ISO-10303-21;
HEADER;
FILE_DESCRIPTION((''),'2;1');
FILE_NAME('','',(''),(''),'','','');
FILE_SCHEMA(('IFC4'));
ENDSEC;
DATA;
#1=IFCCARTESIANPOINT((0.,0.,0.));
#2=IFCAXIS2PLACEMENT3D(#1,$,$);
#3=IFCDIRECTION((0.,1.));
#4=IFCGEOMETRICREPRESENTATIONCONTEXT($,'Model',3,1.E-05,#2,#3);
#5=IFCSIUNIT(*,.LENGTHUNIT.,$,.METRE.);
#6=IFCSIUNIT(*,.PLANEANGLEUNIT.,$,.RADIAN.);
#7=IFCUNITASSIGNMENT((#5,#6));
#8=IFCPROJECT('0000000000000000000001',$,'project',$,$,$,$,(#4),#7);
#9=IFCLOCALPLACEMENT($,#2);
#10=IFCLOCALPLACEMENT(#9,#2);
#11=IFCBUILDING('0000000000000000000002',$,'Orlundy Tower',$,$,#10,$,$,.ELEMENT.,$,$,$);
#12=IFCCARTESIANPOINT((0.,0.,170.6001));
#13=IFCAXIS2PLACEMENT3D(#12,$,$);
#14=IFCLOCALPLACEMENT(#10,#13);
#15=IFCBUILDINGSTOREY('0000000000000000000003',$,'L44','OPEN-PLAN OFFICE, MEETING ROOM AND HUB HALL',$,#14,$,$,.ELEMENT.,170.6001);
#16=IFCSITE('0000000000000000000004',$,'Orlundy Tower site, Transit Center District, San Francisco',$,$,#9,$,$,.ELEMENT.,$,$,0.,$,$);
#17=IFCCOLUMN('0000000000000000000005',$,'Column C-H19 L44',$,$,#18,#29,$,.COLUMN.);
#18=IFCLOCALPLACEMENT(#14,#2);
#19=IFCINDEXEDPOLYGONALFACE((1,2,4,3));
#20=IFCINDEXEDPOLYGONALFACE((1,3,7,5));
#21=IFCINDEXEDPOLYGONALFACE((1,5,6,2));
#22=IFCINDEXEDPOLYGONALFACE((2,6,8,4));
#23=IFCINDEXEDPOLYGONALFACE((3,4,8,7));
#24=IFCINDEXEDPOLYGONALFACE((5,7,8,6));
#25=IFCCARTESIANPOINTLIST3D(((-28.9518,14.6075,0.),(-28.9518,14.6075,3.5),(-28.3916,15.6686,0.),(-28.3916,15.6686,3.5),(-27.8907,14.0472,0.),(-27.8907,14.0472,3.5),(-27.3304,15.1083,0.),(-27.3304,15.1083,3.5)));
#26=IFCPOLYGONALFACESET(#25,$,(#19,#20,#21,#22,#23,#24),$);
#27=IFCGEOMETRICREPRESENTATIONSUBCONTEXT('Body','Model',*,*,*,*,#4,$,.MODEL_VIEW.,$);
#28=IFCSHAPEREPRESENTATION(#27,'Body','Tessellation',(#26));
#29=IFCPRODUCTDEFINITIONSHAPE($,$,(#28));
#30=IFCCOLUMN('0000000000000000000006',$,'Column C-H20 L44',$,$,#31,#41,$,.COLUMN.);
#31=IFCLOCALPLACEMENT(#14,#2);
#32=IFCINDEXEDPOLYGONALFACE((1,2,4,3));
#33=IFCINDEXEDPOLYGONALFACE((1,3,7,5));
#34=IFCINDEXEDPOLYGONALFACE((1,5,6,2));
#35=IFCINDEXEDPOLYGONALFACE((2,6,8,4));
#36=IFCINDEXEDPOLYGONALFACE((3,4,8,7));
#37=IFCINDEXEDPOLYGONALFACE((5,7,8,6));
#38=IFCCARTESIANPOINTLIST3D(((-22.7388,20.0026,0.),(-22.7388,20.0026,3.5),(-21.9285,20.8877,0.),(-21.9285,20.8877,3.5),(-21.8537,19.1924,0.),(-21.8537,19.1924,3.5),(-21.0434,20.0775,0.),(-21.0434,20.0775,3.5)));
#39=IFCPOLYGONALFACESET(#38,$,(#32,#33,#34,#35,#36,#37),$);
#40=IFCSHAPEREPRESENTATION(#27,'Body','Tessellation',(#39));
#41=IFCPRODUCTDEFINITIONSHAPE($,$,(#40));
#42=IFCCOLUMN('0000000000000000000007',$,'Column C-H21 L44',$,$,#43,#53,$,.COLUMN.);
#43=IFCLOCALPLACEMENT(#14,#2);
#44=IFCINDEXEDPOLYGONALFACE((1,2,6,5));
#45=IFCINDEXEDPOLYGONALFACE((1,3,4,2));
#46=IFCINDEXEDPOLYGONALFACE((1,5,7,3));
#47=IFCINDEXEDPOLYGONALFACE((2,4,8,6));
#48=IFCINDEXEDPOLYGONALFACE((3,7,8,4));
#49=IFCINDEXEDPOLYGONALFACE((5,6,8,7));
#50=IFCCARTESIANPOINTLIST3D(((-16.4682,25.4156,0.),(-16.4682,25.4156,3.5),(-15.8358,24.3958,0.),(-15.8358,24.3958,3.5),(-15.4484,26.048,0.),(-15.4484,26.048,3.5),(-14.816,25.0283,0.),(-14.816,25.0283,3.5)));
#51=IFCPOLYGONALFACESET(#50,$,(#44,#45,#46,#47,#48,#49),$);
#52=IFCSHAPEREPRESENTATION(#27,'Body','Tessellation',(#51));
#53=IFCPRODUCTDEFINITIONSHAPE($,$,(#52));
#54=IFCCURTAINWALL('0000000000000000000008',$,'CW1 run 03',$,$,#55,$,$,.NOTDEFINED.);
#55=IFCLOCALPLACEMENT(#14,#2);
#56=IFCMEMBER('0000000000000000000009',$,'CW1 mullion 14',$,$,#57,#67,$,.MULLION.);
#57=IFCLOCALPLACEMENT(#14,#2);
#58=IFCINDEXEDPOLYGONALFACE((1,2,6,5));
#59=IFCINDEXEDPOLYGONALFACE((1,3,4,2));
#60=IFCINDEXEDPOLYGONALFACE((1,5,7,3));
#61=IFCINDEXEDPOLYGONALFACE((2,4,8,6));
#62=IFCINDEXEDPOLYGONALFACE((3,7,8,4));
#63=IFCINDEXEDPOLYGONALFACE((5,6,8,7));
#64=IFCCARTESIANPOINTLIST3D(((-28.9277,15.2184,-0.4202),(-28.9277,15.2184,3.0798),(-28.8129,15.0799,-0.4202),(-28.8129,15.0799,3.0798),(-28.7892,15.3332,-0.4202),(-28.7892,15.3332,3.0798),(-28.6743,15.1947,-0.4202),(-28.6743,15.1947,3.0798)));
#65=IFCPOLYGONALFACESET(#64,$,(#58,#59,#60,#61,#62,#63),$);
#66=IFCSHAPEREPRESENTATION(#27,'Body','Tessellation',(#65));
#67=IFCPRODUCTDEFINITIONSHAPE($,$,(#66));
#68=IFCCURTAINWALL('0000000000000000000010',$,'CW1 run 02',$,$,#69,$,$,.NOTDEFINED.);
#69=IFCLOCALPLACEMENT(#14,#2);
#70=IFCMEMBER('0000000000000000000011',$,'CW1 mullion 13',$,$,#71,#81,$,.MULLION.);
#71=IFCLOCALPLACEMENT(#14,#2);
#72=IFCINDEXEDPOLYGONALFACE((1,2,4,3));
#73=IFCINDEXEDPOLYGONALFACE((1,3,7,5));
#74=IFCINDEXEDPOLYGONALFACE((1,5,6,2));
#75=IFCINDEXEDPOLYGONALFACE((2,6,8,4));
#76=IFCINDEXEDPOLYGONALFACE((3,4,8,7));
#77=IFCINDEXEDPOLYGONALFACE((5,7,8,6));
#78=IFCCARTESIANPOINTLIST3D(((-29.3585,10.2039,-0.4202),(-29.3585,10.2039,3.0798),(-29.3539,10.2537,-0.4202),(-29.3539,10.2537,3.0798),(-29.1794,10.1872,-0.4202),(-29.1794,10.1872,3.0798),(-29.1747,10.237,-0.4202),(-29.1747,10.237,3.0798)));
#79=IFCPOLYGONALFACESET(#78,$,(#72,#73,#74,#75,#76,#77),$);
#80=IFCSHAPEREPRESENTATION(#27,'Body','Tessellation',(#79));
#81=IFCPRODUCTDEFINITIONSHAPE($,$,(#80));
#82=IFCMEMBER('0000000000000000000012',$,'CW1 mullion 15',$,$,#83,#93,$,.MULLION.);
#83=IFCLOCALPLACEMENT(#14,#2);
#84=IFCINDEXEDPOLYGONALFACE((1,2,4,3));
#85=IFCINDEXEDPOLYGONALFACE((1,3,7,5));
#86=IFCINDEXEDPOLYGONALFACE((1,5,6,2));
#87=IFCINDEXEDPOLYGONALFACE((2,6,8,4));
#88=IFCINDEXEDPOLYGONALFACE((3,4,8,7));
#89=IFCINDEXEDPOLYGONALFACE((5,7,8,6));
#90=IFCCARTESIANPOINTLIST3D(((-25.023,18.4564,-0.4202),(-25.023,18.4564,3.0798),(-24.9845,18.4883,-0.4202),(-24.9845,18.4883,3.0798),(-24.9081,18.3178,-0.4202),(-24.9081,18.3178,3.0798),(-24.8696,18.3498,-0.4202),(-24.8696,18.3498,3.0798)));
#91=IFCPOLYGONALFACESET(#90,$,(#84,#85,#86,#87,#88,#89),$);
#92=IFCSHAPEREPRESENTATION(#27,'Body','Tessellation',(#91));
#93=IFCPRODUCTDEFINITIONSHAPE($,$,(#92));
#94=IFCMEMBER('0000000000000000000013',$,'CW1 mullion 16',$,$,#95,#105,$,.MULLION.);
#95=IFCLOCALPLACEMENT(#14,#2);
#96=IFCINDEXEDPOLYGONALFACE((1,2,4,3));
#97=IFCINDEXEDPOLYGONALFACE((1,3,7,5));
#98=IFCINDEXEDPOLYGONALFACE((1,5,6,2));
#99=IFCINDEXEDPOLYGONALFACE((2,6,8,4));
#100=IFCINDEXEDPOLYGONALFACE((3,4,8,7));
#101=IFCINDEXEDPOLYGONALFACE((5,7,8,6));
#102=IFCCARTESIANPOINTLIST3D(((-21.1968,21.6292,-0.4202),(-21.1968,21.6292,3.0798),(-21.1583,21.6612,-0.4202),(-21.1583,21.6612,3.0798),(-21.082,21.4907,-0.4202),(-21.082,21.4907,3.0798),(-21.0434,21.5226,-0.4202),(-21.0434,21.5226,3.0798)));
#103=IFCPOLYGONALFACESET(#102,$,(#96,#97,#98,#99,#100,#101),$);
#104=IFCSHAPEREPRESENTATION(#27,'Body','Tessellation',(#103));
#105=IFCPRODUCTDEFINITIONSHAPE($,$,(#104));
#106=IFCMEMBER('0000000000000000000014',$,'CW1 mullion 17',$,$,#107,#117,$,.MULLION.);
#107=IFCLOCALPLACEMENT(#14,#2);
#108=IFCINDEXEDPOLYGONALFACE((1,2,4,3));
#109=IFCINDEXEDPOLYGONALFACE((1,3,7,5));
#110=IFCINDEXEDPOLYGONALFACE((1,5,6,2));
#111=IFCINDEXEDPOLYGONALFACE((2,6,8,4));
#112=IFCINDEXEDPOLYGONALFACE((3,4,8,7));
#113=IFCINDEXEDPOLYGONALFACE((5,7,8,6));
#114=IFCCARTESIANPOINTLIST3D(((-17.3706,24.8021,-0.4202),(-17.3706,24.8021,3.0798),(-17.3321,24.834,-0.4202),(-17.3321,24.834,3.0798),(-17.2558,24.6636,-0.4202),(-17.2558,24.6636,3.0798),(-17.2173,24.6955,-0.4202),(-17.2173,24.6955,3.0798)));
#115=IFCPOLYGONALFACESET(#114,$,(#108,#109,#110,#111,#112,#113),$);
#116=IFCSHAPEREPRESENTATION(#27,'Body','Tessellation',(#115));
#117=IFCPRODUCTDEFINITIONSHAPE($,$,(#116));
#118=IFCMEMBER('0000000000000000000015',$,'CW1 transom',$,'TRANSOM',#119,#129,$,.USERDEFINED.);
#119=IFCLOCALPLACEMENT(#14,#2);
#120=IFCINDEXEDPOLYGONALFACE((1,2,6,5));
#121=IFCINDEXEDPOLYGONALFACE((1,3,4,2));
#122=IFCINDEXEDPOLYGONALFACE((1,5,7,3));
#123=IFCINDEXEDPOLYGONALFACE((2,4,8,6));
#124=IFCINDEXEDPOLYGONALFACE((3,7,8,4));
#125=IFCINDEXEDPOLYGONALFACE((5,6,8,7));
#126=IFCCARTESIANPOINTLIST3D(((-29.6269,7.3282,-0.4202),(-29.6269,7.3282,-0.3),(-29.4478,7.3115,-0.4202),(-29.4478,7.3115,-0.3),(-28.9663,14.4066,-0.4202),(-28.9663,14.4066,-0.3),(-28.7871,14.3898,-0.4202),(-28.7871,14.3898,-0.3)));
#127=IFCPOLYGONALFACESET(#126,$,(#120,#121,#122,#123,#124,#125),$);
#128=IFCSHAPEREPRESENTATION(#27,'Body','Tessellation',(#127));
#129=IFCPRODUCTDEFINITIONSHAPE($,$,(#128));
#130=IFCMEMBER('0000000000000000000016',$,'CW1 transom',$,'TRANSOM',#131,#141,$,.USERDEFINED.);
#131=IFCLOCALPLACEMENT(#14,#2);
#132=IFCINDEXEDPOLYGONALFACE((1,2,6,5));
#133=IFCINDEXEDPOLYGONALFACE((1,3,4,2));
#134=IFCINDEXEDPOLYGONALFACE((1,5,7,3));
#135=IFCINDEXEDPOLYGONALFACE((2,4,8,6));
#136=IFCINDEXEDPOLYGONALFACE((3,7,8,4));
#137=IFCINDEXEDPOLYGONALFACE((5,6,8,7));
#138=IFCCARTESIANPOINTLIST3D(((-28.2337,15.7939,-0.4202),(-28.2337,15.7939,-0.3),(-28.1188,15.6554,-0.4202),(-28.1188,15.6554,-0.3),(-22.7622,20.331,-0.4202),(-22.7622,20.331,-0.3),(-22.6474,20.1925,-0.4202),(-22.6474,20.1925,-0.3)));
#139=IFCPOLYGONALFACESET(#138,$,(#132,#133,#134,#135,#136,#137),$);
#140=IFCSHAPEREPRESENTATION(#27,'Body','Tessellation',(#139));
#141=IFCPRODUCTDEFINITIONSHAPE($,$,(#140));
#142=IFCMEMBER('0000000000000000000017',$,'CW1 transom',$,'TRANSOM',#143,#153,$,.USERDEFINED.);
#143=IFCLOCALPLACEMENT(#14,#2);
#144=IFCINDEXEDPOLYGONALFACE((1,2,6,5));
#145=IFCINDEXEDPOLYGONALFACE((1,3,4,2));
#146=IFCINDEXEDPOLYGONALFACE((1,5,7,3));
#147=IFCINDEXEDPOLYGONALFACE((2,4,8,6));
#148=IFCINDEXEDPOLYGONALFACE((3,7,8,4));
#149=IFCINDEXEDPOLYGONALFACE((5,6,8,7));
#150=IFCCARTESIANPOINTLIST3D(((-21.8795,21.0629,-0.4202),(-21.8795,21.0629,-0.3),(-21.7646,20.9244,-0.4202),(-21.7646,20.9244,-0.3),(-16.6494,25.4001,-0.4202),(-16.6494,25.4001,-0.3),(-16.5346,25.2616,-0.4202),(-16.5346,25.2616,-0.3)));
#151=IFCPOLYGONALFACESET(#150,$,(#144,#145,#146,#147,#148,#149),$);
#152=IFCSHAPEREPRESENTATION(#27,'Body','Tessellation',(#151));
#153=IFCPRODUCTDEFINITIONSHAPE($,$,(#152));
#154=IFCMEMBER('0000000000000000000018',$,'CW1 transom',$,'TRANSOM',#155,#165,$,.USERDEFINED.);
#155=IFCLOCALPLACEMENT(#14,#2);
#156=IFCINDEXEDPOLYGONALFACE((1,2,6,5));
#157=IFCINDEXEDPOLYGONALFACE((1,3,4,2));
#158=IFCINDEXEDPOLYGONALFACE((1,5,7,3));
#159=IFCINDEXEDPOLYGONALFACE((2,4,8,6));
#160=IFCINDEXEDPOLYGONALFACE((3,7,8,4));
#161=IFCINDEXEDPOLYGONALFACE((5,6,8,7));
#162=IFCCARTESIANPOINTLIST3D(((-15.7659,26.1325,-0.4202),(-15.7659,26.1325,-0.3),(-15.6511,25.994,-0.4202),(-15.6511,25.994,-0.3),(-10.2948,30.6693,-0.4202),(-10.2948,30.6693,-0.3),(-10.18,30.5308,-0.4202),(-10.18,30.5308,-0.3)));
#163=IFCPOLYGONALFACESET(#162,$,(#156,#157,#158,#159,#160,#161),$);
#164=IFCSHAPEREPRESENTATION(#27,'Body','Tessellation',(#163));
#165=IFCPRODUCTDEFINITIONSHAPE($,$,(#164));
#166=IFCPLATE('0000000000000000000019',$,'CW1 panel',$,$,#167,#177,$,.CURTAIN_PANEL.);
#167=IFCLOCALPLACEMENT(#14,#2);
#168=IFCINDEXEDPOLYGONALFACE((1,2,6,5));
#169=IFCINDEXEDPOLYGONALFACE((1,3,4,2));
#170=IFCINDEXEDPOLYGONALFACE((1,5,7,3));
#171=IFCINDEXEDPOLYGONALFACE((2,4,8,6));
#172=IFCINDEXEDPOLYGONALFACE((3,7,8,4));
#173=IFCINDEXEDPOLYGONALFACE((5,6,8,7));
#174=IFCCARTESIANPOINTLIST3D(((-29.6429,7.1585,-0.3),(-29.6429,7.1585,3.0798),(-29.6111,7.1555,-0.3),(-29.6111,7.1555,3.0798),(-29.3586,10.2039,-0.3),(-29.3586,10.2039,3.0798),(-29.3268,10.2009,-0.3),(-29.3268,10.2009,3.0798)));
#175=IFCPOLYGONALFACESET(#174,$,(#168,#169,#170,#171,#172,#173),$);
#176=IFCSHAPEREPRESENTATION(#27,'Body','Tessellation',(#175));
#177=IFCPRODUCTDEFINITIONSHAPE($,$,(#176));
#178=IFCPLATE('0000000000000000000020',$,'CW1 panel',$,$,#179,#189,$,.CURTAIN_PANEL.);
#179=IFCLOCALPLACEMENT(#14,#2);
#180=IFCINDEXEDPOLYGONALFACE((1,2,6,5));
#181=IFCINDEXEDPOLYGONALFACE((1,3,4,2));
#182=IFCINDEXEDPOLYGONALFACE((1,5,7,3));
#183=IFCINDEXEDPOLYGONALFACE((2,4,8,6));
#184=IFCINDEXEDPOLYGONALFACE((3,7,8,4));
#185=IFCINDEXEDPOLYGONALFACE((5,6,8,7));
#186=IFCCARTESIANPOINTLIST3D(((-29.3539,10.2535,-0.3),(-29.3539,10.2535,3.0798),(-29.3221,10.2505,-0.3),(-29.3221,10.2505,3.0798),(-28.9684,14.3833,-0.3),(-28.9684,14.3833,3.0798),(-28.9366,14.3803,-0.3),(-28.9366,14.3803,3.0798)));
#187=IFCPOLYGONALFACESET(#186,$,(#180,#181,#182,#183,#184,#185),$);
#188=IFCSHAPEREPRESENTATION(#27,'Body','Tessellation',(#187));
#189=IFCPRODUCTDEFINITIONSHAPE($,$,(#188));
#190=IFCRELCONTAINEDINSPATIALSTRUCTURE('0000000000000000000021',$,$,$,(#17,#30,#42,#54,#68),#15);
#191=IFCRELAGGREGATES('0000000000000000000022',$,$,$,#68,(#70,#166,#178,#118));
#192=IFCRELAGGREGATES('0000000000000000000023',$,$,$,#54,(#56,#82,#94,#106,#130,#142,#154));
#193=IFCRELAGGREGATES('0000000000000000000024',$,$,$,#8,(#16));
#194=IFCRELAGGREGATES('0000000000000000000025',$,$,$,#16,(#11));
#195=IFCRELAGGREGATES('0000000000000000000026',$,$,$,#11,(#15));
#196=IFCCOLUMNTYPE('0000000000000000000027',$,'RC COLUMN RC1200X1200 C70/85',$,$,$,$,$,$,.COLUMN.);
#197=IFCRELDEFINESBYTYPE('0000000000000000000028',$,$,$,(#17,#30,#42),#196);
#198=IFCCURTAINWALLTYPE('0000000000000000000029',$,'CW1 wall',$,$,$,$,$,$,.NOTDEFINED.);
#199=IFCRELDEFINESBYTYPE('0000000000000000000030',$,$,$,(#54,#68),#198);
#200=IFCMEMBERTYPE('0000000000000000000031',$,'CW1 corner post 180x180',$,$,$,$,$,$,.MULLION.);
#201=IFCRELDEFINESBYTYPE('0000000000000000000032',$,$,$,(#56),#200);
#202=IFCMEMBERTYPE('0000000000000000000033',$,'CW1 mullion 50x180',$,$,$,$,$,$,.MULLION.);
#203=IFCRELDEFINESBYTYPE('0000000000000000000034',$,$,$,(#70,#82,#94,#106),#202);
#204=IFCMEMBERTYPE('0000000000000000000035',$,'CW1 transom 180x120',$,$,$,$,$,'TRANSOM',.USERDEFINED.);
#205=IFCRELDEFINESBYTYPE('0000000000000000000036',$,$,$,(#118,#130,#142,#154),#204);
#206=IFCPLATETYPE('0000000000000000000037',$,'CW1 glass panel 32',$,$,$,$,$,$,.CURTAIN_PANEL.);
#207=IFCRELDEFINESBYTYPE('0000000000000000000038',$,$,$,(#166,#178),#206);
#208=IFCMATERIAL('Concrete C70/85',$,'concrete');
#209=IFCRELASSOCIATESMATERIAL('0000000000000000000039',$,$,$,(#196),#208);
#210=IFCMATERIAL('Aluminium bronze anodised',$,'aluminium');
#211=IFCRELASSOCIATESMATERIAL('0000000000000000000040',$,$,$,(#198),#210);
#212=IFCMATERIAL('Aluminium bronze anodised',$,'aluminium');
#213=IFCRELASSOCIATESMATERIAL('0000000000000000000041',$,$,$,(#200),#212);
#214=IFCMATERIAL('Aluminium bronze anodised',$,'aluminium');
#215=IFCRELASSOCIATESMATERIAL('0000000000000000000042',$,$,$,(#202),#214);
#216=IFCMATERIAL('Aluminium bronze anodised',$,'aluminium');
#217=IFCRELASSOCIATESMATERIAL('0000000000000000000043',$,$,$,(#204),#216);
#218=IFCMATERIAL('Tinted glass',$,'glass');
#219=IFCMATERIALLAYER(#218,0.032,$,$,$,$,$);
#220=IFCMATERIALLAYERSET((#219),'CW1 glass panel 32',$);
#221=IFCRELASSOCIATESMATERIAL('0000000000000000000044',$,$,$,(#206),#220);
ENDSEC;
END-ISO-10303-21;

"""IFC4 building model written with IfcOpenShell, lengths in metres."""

from ifc_helpers import new_model, si_unit, direction, frame, origin, origin_2d, place, context, subcontext, project, spatial, rectangle, extrude, material, layer, layer_set, material_profile, profile_set, type_object, element, aggregate, save


model = new_model("IFC4")

# Units and contexts
model_context = context("Model", 3, precision=1e-05, world=origin(), true_north=direction((0.0, 1.0)))
body_context = subcontext(model_context, "Body", "Model", "MODEL_VIEW")
ifc_project = project(units=[si_unit("LENGTHUNIT", "METRE"), si_unit("PLANEANGLEUNIT", "RADIAN")], contexts=[model_context])

# Site, building, storey
site_placement = place(None, origin())
site = spatial("IfcSite", under=ifc_project, at=site_placement, Name="Orlundy Tower site, Transit Center District, San Francisco", CompositionType="ELEMENT", RefElevation=0.0)
building_placement = place(site_placement, origin())
building = spatial("IfcBuilding", under=site, at=building_placement, Name="Orlundy Tower", CompositionType="ELEMENT")
storey_placement = place(building_placement, frame((0.0, 0.0, 170.6001)))
storey = spatial("IfcBuildingStorey", under=building, at=storey_placement, Name="L44", Description="OPEN-PLAN OFFICE, MEETING ROOM AND HUB HALL", CompositionType="ELEMENT", Elevation=170.6001)

# Columns
ifc_material_1 = material(Name="Concrete C70/85", Category="concrete")
ifc_material_profile_1 = material_profile(ifc_material_1, rectangle(XDim=1.2, YDim=1.2, at=origin_2d()), Name="RC1200X1200")
ifc_profile_set_1 = profile_set([ifc_material_profile_1], Name="Concrete C70/85")
column_type = type_object("IfcColumnType", Name="RC COLUMN RC1200X1200 C70/85", PredefinedType="COLUMN", material=ifc_profile_set_1)
for number, where, z_axis, x_axis, name in (
    (1, (-28.1411, 14.8579, 0.0), (0.0, 0.0, 1.0), (-0.884312, 0.466896, 0.0), "Column C-H19 L44"),
    (2, (-21.8911, 20.04, 0.0), (0.0, 0.0, 1.0), (-0.737607, 0.67523, 0.0), "Column C-H20 L44"),
    (3, (-15.6421, 25.2219, 0.0), (0.0, 0.0, 1.0), (-0.527045, 0.849838, 0.0), "Column C-H21 L44"),
):
    element("IfcColumn", number, at=place(storey_placement, frame(where, z_axis=z_axis, x_axis=x_axis)), inside=storey, type_object=column_type, Name=name, PredefinedType="COLUMN", context=body_context, shape_type="SweptSolid", body=[
        extrude(rectangle(XDim=1.2, YDim=1.2, at=origin_2d()), origin(), (0.0, 0.0, 1.0), 3.5),
    ])

# Curtain walls, members
ifc_material_2 = material(Name="Aluminium bronze anodised", Category="aluminium")
curtain_wall_type = type_object("IfcCurtainWallType", Name="CW1 wall", PredefinedType="NOTDEFINED", material=ifc_material_2)
curtain_wall_1_placement = place(storey_placement, origin())
curtain_wall_1 = element("IfcCurtainWall", 4, at=curtain_wall_1_placement, inside=storey, type_object=curtain_wall_type, Name="CW1 run 03", PredefinedType="NOTDEFINED")
ifc_material_3 = material(Name="Aluminium bronze anodised", Category="aluminium")
ifc_material_profile_2 = material_profile(ifc_material_3, rectangle(XDim=0.1799, YDim=0.1799, at=origin_2d()), Name="CW1 corner post 180x180")
ifc_profile_set_2 = profile_set([ifc_material_profile_2], Name="Aluminium bronze anodised")
member_type_1 = type_object("IfcMemberType", Name="CW1 corner post 180x180", PredefinedType="MULLION", material=ifc_profile_set_2)
member_1_placement = place(storey_placement, frame((-28.801, 15.2065, -0.4202), z_axis=(0.0, 0.0, 1.0), x_axis=(-0.638318, 0.769772, 0.0)))
member_1 = element("IfcMember", 5, at=member_1_placement, type_object=member_type_1, Name="CW1 mullion 14", PredefinedType="MULLION", context=body_context, shape_type="SweptSolid", body=[
    extrude(rectangle(XDim=0.1799, YDim=0.1799, at=origin_2d()), origin(), (0.0, 0.0, 1.0), 3.5),
])
curtain_wall_2_placement = place(storey_placement, origin())
curtain_wall_2 = element("IfcCurtainWall", 6, at=curtain_wall_2_placement, inside=storey, type_object=curtain_wall_type, Name="CW1 run 02", PredefinedType="NOTDEFINED")
ifc_material_4 = material(Name="Aluminium bronze anodised", Category="aluminium")
ifc_material_profile_3 = material_profile(ifc_material_4, rectangle(XDim=0.1799, YDim=0.05, at=origin_2d()), Name="CW1 mullion 50x180")
ifc_profile_set_3 = profile_set([ifc_material_profile_3], Name="Aluminium bronze anodised")
member_type_2 = type_object("IfcMemberType", Name="CW1 mullion 50x180", PredefinedType="MULLION", material=ifc_profile_set_3)
member_2_placement = place(storey_placement, frame((-29.2666, 10.2205, -0.4202), z_axis=(0.0, 0.0, 1.0), x_axis=(-0.995671, 0.092948, 0.0)))
member_2 = element("IfcMember", 7, at=member_2_placement, type_object=member_type_2, Name="CW1 mullion 13", PredefinedType="MULLION", context=body_context, shape_type="SweptSolid", body=[
    extrude(rectangle(XDim=0.1799, YDim=0.05, at=origin_2d()), origin(), (0.0, 0.0, 1.0), 3.5),
])

# Members
member_3_placement = place(storey_placement, frame((-24.9463, 18.4031, -0.4202), z_axis=(0.0, 0.0, 1.0), x_axis=(-0.638318, 0.769772, 0.0)))
member_3 = element("IfcMember", 8, at=member_3_placement, type_object=member_type_2, Name="CW1 mullion 15", PredefinedType="MULLION", context=body_context, shape_type="SweptSolid", body=[
    extrude(rectangle(XDim=0.1799, YDim=0.05, at=origin_2d()), origin(), (0.0, 0.0, 1.0), 3.5),
])
member_4_placement = place(storey_placement, frame((-21.1201, 21.5759, -0.4202), z_axis=(0.0, 0.0, 1.0), x_axis=(-0.638318, 0.769772, 0.0)))
member_4 = element("IfcMember", 9, at=member_4_placement, type_object=member_type_2, Name="CW1 mullion 16", PredefinedType="MULLION", context=body_context, shape_type="SweptSolid", body=[
    extrude(rectangle(XDim=0.1799, YDim=0.05, at=origin_2d()), origin(), (0.0, 0.0, 1.0), 3.5),
])
member_5_placement = place(storey_placement, frame((-17.2939, 24.7488, -0.4202), z_axis=(0.0, 0.0, 1.0), x_axis=(-0.638318, 0.769772, 0.0)))
member_5 = element("IfcMember", 10, at=member_5_placement, type_object=member_type_2, Name="CW1 mullion 17", PredefinedType="MULLION", context=body_context, shape_type="SweptSolid", body=[
    extrude(rectangle(XDim=0.1799, YDim=0.05, at=origin_2d()), origin(), (0.0, 0.0, 1.0), 3.5),
])
ifc_material_5 = material(Name="Aluminium bronze anodised", Category="aluminium")
ifc_material_profile_4 = material_profile(ifc_material_5, rectangle(XDim=0.1799, YDim=0.1201, at=origin_2d()), Name="CW1 transom 180x120")
ifc_profile_set_4 = profile_set([ifc_material_profile_4], Name="Aluminium bronze anodised")
member_type_3 = type_object("IfcMemberType", Name="CW1 transom 180x120", ElementType="TRANSOM", PredefinedType="USERDEFINED", material=ifc_profile_set_4)
member_6_placement = place(storey_placement, frame((-29.5374, 7.3198, -0.3601), z_axis=(0.092929, 0.995673, 0.0), x_axis=(-0.995673, 0.092929, 0.0)))
member_6 = element("IfcMember", 11, at=member_6_placement, type_object=member_type_3, Name="CW1 transom", ObjectType="TRANSOM", PredefinedType="USERDEFINED", context=body_context, shape_type="SweptSolid", body=[
    extrude(rectangle(XDim=0.1799, YDim=0.1201, at=origin_2d()), origin(), (0.0, 0.0, 1.0), 7.1091),
])
member_7_placement = place(storey_placement, frame((-28.1763, 15.7246, -0.3601), z_axis=(0.76977, 0.638321, 0.0), x_axis=(-0.638321, 0.76977, 0.0)))
member_7 = element("IfcMember", 12, at=member_7_placement, type_object=member_type_3, Name="CW1 transom", ObjectType="TRANSOM", PredefinedType="USERDEFINED", context=body_context, shape_type="SweptSolid", body=[
    extrude(rectangle(XDim=0.1799, YDim=0.1201, at=origin_2d()), origin(), (0.0, 0.0, 1.0), 7.1079),
])
member_8_placement = place(storey_placement, frame((-21.822, 20.9937, -0.3601), z_axis=(0.769751, 0.638345, 0.0), x_axis=(-0.638345, 0.769751, 0.0)))
member_8 = element("IfcMember", 13, at=member_8_placement, type_object=member_type_3, Name="CW1 transom", ObjectType="TRANSOM", PredefinedType="USERDEFINED", context=body_context, shape_type="SweptSolid", body=[
    extrude(rectangle(XDim=0.1799, YDim=0.1201, at=origin_2d()), origin(), (0.0, 0.0, 1.0), 6.7944),
])
member_9_placement = place(storey_placement, frame((-15.7085, 26.0632, -0.3601), z_axis=(0.769773, 0.638318, 0.0), x_axis=(-0.638318, 0.769773, 0.0)))
member_9 = element("IfcMember", 14, at=member_9_placement, type_object=member_type_3, Name="CW1 transom", ObjectType="TRANSOM", PredefinedType="USERDEFINED", context=body_context, shape_type="SweptSolid", body=[
    extrude(rectangle(XDim=0.1799, YDim=0.1201, at=origin_2d()), origin(), (0.0, 0.0, 1.0), 7.1074),
])

# Plates
ifc_material_6 = material(Name="Tinted glass", Category="glass")
ifc_layer_1 = layer(ifc_material_6, 0.032)
ifc_layer_set_1 = layer_set([ifc_layer_1], Name="CW1 glass panel 32")
plate_type = type_object("IfcPlateType", Name="CW1 glass panel 32", PredefinedType="CURTAIN_PANEL", material=ifc_layer_set_1)
plate_1_placement = place(storey_placement, frame((-29.4849, 8.6797, -0.3), z_axis=(0.0, 0.0, 1.0), x_axis=(0.092948, 0.995671, 0.0)))
plate_1 = element("IfcPlate", 15, at=plate_1_placement, type_object=plate_type, Name="CW1 panel", PredefinedType="CURTAIN_PANEL", context=body_context, shape_type="SweptSolid", body=[
    extrude(rectangle(XDim=3.0586, YDim=0.032, at=origin_2d()), origin(), (0.0, 0.0, 1.0), 3.3799),
])
plate_2_placement = place(storey_placement, frame((-29.1453, 12.3169, -0.3), z_axis=(0.0, 0.0, 1.0), x_axis=(0.092948, 0.995671, 0.0)))
plate_2 = element("IfcPlate", 16, at=plate_2_placement, type_object=plate_type, Name="CW1 panel", PredefinedType="CURTAIN_PANEL", context=body_context, shape_type="SweptSolid", body=[
    extrude(rectangle(XDim=4.1477, YDim=0.032, at=origin_2d()), origin(), (0.0, 0.0, 1.0), 3.3799),
])
aggregate(curtain_wall_2, [member_2, plate_1, plate_2, member_6])
aggregate(curtain_wall_1, [member_1, member_3, member_4, member_5, member_7, member_8, member_9])

save(model, "model.ifc")
